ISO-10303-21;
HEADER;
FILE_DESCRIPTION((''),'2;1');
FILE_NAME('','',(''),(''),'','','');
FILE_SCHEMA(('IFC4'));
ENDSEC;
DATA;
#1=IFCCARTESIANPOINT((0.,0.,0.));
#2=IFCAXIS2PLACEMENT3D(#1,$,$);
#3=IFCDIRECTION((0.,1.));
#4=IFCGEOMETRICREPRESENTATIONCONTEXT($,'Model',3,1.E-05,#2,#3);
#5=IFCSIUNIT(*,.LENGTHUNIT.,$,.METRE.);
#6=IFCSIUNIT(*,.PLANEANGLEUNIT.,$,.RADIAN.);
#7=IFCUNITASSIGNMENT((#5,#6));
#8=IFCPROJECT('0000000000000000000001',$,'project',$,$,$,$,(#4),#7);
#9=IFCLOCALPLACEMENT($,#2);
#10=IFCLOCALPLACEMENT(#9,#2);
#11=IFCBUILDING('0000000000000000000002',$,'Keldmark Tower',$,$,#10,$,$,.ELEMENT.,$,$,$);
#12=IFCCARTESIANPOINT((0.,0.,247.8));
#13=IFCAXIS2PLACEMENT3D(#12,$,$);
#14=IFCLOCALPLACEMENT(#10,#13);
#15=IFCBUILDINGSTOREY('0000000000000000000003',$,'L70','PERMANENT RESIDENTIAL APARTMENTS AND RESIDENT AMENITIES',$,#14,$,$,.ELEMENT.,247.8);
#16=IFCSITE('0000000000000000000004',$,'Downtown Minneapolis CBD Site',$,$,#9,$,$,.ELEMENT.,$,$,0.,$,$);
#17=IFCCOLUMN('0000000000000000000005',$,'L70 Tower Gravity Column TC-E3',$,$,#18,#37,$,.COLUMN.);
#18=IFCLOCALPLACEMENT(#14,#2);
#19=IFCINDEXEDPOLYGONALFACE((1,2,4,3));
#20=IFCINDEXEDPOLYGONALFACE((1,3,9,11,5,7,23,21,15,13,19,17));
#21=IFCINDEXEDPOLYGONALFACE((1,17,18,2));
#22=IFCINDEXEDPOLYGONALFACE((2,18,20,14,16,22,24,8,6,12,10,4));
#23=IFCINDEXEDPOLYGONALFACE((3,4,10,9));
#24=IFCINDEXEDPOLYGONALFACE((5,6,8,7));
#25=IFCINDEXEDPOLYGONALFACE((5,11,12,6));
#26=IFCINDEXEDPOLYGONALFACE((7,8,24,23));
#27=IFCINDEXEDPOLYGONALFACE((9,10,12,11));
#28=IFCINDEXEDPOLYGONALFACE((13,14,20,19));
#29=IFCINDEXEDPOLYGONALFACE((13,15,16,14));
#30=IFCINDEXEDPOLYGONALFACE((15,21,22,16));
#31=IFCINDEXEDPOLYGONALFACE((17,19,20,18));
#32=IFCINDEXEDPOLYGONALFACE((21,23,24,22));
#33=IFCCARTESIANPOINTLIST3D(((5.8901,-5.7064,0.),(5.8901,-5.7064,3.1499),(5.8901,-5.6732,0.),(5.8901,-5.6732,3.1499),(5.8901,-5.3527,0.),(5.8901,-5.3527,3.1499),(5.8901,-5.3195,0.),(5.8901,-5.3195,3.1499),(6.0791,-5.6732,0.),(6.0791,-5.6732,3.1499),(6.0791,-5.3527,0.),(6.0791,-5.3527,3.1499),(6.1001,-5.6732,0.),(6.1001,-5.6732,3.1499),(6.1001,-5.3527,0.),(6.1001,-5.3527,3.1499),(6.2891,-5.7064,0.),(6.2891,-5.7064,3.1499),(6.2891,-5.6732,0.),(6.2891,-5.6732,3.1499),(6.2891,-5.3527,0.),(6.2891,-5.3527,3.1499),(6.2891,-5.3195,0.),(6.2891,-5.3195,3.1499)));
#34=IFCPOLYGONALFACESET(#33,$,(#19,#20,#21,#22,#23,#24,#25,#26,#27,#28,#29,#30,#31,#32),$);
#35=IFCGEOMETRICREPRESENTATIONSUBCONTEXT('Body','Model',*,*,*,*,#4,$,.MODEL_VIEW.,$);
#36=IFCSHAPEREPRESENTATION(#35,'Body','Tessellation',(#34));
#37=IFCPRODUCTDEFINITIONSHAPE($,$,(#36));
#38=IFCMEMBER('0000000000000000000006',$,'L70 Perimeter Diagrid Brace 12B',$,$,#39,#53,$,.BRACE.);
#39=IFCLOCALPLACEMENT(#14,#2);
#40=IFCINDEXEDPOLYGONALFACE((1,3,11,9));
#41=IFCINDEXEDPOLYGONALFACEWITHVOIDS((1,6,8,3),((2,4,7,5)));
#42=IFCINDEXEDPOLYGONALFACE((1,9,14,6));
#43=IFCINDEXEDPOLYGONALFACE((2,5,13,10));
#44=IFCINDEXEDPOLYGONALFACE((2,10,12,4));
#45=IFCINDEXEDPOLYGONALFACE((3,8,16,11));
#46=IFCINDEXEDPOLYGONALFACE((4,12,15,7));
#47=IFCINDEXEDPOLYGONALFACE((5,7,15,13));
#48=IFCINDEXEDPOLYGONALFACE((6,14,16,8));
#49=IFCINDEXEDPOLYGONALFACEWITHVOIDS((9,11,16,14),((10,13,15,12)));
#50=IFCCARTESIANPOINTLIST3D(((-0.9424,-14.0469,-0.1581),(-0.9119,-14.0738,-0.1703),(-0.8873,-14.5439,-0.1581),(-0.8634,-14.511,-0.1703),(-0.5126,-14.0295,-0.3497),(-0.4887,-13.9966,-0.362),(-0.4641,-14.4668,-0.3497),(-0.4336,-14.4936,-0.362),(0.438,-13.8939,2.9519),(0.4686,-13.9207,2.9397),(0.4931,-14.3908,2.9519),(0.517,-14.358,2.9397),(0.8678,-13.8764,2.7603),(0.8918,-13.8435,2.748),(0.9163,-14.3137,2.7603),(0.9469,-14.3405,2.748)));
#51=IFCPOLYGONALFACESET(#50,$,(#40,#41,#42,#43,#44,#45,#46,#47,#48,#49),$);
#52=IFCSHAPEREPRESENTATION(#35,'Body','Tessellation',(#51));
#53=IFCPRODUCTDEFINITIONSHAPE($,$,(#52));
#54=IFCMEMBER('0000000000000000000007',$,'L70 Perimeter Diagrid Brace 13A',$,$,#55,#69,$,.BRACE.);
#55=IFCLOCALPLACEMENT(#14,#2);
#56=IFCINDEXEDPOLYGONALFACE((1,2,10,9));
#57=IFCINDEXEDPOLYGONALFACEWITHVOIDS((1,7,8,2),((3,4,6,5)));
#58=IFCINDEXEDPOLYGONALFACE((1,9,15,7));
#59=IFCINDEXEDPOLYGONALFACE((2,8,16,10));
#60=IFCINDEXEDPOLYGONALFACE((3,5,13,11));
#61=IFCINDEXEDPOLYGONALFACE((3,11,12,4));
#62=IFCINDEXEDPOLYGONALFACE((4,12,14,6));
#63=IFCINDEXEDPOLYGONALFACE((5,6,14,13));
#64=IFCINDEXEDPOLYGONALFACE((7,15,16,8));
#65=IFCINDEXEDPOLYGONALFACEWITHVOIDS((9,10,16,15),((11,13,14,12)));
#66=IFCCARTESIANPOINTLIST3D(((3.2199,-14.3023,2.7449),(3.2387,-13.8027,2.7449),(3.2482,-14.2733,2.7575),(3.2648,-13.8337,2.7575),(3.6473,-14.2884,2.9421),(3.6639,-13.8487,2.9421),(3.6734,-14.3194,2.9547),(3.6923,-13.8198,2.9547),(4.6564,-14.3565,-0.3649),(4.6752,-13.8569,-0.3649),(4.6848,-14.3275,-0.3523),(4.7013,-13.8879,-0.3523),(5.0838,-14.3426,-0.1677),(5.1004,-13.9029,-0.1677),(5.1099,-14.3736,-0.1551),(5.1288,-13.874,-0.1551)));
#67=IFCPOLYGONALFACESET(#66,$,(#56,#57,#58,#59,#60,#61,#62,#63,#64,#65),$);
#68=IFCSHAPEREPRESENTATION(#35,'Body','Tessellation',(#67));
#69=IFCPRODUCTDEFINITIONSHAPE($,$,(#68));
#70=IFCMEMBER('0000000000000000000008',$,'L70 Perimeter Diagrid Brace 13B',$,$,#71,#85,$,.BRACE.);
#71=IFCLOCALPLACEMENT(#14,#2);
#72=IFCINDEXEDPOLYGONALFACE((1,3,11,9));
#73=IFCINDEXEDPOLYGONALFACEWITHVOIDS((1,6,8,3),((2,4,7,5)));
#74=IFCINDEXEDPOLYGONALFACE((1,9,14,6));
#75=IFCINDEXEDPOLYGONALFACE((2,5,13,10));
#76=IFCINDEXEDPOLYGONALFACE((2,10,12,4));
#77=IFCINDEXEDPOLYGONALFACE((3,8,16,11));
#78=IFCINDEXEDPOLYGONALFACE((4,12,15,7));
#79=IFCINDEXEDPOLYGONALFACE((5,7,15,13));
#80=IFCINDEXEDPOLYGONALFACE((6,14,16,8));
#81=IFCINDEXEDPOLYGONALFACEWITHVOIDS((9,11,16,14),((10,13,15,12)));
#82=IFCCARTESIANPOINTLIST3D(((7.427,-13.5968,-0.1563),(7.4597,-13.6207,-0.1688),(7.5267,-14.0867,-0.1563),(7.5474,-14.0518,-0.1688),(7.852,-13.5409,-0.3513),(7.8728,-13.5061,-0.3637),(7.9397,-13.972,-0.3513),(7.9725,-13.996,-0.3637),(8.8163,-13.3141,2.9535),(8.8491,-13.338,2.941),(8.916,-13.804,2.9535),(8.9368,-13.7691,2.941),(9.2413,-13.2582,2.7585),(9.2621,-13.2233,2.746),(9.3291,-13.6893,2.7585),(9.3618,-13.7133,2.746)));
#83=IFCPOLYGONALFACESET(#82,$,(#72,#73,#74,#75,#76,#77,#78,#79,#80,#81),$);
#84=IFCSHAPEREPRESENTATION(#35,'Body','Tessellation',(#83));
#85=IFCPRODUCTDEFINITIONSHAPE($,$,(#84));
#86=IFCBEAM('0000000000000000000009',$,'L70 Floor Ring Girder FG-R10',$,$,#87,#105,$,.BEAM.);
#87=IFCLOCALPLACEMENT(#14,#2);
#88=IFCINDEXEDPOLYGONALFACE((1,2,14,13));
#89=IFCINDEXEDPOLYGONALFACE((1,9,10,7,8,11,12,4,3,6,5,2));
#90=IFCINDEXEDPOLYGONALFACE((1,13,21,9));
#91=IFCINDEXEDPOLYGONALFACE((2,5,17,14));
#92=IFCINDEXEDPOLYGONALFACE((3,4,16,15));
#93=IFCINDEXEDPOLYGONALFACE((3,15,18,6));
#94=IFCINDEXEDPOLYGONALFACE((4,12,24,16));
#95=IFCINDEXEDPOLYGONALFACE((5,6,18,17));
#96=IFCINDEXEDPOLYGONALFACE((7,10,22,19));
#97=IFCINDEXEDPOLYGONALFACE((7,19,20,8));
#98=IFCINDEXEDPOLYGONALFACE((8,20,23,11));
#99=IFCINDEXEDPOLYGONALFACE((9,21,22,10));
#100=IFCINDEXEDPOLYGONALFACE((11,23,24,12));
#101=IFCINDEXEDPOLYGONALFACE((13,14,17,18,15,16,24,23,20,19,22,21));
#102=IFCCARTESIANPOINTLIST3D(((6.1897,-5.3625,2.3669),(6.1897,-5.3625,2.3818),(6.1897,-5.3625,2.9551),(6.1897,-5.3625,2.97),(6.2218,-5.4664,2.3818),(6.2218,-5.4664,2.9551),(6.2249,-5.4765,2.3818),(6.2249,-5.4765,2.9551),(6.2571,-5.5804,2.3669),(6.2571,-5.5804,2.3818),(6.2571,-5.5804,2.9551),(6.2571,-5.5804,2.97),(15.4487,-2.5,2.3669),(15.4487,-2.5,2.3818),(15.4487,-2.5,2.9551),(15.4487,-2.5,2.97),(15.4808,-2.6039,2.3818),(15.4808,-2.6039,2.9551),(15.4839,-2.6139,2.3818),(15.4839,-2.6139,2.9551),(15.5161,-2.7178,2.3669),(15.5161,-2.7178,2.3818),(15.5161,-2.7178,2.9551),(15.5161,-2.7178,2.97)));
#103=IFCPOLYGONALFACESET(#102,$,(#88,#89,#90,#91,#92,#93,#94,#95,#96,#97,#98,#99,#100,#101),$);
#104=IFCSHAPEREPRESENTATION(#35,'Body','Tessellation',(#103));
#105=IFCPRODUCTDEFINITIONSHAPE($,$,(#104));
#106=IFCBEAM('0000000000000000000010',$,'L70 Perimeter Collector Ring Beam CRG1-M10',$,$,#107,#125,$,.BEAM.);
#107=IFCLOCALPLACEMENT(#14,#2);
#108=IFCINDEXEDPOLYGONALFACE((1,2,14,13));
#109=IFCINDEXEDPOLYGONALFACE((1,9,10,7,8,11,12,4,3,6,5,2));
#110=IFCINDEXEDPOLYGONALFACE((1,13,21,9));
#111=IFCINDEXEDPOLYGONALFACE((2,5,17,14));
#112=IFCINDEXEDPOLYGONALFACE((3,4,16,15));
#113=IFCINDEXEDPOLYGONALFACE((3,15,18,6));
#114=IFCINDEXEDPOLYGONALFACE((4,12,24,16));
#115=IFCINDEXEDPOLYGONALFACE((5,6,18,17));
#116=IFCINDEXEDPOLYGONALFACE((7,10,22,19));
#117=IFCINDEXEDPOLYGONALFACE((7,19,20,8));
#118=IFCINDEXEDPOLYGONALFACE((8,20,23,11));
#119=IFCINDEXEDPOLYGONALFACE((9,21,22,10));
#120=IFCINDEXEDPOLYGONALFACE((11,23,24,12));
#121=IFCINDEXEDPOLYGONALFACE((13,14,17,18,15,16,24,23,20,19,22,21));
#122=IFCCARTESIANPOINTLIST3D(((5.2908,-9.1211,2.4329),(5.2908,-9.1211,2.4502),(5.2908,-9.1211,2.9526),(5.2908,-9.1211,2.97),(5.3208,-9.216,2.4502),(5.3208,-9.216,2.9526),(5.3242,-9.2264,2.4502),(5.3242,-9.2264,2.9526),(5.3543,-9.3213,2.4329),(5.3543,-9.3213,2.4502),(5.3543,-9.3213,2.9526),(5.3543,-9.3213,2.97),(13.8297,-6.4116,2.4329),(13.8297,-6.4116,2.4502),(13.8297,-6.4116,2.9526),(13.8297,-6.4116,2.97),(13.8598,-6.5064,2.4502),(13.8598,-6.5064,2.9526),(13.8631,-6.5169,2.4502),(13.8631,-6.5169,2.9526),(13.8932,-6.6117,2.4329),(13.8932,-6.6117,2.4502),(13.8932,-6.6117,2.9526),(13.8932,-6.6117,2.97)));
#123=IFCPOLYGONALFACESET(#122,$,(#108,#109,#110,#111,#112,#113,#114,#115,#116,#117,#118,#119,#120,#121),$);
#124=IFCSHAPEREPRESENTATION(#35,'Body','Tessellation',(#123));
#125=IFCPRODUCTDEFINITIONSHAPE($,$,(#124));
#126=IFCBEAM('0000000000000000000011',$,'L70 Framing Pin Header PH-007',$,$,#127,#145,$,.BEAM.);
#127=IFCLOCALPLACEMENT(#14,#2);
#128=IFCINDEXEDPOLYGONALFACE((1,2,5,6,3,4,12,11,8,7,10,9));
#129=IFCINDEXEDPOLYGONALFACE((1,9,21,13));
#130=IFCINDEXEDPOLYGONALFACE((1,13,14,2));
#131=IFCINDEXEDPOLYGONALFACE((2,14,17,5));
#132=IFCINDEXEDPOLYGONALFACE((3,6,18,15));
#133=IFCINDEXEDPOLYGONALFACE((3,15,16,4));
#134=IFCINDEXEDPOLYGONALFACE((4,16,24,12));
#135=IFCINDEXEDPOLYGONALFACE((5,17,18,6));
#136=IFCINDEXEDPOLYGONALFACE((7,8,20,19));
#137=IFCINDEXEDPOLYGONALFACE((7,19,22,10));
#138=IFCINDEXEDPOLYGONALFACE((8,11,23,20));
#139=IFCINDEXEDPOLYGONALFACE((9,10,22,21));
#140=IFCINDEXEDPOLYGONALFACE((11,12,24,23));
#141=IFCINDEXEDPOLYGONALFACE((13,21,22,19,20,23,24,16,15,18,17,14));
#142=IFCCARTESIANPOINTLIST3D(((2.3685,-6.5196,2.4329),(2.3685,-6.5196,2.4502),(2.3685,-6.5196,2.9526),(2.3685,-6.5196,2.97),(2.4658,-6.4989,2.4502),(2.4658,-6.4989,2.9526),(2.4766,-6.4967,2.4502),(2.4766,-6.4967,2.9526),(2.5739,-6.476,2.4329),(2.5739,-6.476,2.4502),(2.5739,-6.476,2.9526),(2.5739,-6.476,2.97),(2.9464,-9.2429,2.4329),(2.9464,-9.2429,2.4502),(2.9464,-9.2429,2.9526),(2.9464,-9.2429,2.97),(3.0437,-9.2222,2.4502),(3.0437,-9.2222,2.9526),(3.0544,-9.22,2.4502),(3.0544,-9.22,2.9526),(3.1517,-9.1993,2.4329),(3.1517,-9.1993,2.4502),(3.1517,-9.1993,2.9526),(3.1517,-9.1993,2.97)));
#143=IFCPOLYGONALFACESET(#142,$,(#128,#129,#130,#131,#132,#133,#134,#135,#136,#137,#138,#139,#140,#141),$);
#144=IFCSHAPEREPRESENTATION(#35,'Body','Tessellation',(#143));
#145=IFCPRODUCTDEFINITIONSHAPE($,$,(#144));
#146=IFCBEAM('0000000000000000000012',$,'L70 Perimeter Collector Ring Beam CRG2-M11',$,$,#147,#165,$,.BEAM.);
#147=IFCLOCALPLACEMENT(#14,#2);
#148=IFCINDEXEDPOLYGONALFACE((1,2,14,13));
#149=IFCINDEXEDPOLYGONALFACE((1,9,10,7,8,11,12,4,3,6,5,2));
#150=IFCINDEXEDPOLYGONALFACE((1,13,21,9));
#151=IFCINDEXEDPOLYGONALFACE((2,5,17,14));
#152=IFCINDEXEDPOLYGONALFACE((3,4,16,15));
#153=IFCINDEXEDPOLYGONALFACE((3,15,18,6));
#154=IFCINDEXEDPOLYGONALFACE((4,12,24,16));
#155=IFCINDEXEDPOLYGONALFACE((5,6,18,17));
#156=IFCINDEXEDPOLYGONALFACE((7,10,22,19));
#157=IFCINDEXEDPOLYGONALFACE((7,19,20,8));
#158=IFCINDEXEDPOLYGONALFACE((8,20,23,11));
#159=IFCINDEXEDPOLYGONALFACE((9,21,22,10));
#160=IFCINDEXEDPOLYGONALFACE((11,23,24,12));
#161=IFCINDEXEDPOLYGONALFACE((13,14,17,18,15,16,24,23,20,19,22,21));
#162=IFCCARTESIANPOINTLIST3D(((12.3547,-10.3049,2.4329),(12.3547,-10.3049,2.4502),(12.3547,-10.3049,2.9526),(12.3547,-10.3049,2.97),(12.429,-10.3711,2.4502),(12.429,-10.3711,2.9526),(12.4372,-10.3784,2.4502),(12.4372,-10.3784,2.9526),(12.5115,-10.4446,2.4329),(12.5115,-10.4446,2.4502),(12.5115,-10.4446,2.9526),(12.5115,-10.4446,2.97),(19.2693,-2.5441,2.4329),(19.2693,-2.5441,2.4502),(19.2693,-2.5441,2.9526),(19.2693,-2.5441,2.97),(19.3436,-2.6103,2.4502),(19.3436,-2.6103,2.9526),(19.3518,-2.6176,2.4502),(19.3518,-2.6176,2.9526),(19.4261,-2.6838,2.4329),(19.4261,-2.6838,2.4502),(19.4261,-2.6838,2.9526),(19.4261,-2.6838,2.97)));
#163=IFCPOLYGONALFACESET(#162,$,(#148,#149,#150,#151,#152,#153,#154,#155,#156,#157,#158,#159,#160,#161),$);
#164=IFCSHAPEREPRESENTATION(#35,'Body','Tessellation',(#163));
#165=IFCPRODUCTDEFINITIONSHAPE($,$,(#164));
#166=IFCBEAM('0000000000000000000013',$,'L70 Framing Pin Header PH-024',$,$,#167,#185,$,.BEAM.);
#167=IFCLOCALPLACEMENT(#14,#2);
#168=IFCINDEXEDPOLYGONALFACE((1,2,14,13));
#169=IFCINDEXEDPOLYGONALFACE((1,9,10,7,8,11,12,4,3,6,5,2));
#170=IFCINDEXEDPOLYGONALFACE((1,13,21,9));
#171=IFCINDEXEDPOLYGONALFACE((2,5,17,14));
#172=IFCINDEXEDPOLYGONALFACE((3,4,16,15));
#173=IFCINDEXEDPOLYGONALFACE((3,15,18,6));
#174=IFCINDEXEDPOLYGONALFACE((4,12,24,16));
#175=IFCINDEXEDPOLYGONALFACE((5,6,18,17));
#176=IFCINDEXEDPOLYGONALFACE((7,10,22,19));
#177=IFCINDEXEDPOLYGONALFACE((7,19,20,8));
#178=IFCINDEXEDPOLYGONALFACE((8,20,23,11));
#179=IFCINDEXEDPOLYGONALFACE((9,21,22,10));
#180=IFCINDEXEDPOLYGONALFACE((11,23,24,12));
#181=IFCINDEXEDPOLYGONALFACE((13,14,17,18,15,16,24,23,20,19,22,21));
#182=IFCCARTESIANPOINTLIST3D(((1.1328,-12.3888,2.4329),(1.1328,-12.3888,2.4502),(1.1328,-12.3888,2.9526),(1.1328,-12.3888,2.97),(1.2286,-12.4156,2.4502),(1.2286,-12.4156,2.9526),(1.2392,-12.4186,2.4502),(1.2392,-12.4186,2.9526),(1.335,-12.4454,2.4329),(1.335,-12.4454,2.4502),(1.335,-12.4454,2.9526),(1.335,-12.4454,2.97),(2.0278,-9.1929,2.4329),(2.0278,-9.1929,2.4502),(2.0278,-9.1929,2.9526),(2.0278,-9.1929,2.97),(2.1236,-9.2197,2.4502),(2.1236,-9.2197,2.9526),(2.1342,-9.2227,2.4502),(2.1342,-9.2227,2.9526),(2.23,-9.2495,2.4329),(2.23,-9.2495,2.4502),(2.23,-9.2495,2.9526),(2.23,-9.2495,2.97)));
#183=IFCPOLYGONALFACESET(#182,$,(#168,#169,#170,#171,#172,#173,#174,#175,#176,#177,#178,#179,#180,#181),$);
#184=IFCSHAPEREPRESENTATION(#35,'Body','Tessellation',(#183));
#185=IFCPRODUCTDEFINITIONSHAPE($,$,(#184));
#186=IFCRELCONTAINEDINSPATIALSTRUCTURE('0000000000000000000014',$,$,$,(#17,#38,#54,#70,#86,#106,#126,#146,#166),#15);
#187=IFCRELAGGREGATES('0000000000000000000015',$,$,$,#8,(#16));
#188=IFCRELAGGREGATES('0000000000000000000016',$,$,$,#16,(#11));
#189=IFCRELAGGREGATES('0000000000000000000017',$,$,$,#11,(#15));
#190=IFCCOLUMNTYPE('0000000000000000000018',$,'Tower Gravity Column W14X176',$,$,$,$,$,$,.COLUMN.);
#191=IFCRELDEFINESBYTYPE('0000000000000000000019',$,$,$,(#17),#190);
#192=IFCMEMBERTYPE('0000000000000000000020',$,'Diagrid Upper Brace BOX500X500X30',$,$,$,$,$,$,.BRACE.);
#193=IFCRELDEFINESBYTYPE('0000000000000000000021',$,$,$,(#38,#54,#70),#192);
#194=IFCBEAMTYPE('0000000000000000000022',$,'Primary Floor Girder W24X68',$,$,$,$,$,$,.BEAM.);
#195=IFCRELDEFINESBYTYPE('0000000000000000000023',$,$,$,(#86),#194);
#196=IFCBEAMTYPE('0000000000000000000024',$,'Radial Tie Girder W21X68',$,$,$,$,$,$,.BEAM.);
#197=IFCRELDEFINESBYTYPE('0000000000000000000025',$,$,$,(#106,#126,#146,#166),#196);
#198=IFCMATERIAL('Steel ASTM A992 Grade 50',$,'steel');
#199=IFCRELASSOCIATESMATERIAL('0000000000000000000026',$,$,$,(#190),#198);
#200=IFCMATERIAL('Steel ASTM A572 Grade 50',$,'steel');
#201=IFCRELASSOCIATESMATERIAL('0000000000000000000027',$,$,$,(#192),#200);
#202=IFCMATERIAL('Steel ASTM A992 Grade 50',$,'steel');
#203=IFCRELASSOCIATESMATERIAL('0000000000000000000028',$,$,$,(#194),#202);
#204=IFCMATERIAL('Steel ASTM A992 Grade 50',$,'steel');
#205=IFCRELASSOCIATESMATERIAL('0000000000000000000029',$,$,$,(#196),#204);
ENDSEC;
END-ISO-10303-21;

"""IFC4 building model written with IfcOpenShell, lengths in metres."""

from ifc_helpers import new_model, si_unit, direction, frame, origin, origin_2d, place, context, subcontext, project, spatial, hollow_rectangle, i_section, extrude, material, material_profile, profile_set, type_object, element, save


model = new_model("IFC4")

# Units and contexts
model_context = context("Model", 3, precision=1e-05, world=origin(), true_north=direction((0.0, 1.0)))
body_context = subcontext(model_context, "Body", "Model", "MODEL_VIEW")
ifc_project = project(units=[si_unit("LENGTHUNIT", "METRE"), si_unit("PLANEANGLEUNIT", "RADIAN")], contexts=[model_context])

# Site, building, storey
site_placement = place(None, origin())
site = spatial("IfcSite", under=ifc_project, at=site_placement, Name="Downtown Minneapolis CBD Site", CompositionType="ELEMENT", RefElevation=0.0)
building_placement = place(site_placement, origin())
building = spatial("IfcBuilding", under=site, at=building_placement, Name="Keldmark Tower", CompositionType="ELEMENT")
storey_placement = place(building_placement, frame((0.0, 0.0, 247.8)))
storey = spatial("IfcBuildingStorey", under=building, at=storey_placement, Name="L70", Description="PERMANENT RESIDENTIAL APARTMENTS AND RESIDENT AMENITIES", CompositionType="ELEMENT", Elevation=247.8)

# Column
ifc_material_1 = material(Name="Steel ASTM A992 Grade 50", Category="steel")
ifc_material_profile_1 = material_profile(ifc_material_1, i_section(OverallWidth=0.3989, OverallDepth=0.387, WebThickness=0.021, FlangeThickness=0.0332, at=origin_2d()), Name="W14X176")
ifc_profile_set_1 = profile_set([ifc_material_profile_1], Name="Steel ASTM A992 Grade 50")
column_type = type_object("IfcColumnType", Name="Tower Gravity Column W14X176", PredefinedType="COLUMN", material=ifc_profile_set_1)
column_placement = place(storey_placement, frame((6.0896, -5.5129, 0.0), z_axis=(0.0, 0.0, 1.0), x_axis=(1.0, 0.0, 0.0)))
element("IfcColumn", 1, at=column_placement, inside=storey, type_object=column_type, Name="L70 Tower Gravity Column TC-E3", PredefinedType="COLUMN", context=body_context, shape_type="SweptSolid", body=[
    extrude(i_section(OverallWidth=0.3989, OverallDepth=0.387, WebThickness=0.021, FlangeThickness=0.0332, at=origin_2d()), origin(), (0.0, 0.0, 1.0), 3.1499),
])

# Members
ifc_material_2 = material(Name="Steel ASTM A572 Grade 50", Category="steel")
ifc_material_profile_2 = material_profile(ifc_material_2, hollow_rectangle(XDim=0.5, YDim=0.5, WallThickness=0.03, at=origin_2d()), Name="BOX500X500X30")
ifc_profile_set_2 = profile_set([ifc_material_profile_2], Name="Steel ASTM A572 Grade 50")
member_type = type_object("IfcMemberType", Name="Diagrid Upper Brace BOX500X500X30", PredefinedType="BRACE", material=ifc_profile_set_2)
member_1_placement = place(storey_placement, frame((-0.688, -14.2703, -0.26), z_axis=(0.405289, 0.044945, 0.913083), x_axis=(-0.110219, 0.993907, 0.0)))
element("IfcMember", 2, at=member_1_placement, inside=storey, type_object=member_type, Name="L70 Perimeter Diagrid Brace 12B", PredefinedType="BRACE", context=body_context, shape_type="SweptSolid", body=[
    extrude(hollow_rectangle(XDim=0.5, YDim=0.5, WallThickness=0.03, at=origin_2d()), origin(), (0.0, 0.0, 1.0), 3.406),
])
member_2_placement = place(storey_placement, frame((4.8926, -14.1152, -0.26), z_axis=(-0.419295, 0.01582, 0.907712), x_axis=(-0.037703, -0.999289, 0.0)))
element("IfcMember", 3, at=member_2_placement, inside=storey, type_object=member_type, Name="L70 Perimeter Diagrid Brace 13A", PredefinedType="BRACE", context=body_context, shape_type="SweptSolid", body=[
    extrude(hollow_rectangle(XDim=0.5, YDim=0.5, WallThickness=0.03, at=origin_2d()), origin(), (0.0, 0.0, 1.0), 3.426),
])
member_3_placement = place(storey_placement, frame((7.6997, -13.7964, -0.26), z_axis=(0.406515, 0.082717, 0.909892), x_axis=(-0.199393, 0.97992, 0.0)))
element("IfcMember", 4, at=member_3_placement, inside=storey, type_object=member_type, Name="L70 Perimeter Diagrid Brace 13B", PredefinedType="BRACE", context=body_context, shape_type="SweptSolid", body=[
    extrude(hollow_rectangle(XDim=0.5, YDim=0.5, WallThickness=0.03, at=origin_2d()), origin(), (0.0, 0.0, 1.0), 3.4177),
])

# Beams
ifc_material_3 = material(Name="Steel ASTM A992 Grade 50", Category="steel")
ifc_material_profile_3 = material_profile(ifc_material_3, i_section(OverallWidth=0.228, OverallDepth=0.603, WebThickness=0.0105, FlangeThickness=0.0149, at=origin_2d()), Name="W24X68")
ifc_profile_set_3 = profile_set([ifc_material_profile_3], Name="Steel ASTM A992 Grade 50")
beam_type_1 = type_object("IfcBeamType", Name="Primary Floor Girder W24X68", PredefinedType="BEAM", material=ifc_profile_set_3)
beam_1_placement = place(storey_placement, frame((6.2234, -5.4714, 2.6685), z_axis=(0.955383, 0.295369, 0.0), x_axis=(-0.295369, 0.955383, 0.0)))
element("IfcBeam", 5, at=beam_1_placement, inside=storey, type_object=beam_type_1, Name="L70 Floor Ring Girder FG-R10", PredefinedType="BEAM", context=body_context, shape_type="SweptSolid", body=[
    extrude(i_section(OverallWidth=0.228, OverallDepth=0.603, WebThickness=0.0105, FlangeThickness=0.0149, at=origin_2d()), origin(), (0.0, 0.0, 1.0), 9.6914),
])
ifc_material_4 = material(Name="Steel ASTM A992 Grade 50", Category="steel")
ifc_material_profile_4 = material_profile(ifc_material_4, i_section(OverallWidth=0.21, OverallDepth=0.5371, WebThickness=0.011, FlangeThickness=0.0173, at=origin_2d()), Name="W21X68")
ifc_profile_set_4 = profile_set([ifc_material_profile_4], Name="Steel ASTM A992 Grade 50")
beam_type_2 = type_object("IfcBeamType", Name="Radial Tie Girder W21X68", PredefinedType="BEAM", material=ifc_profile_set_4)
beam_2_placement = place(storey_placement, frame((5.3225, -9.2212, 2.7014), z_axis=(0.953165, 0.302451, 0.0), x_axis=(-0.302451, 0.953165, 0.0)))
element("IfcBeam", 6, at=beam_2_placement, inside=storey, type_object=beam_type_2, Name="L70 Perimeter Collector Ring Beam CRG1-M10", PredefinedType="BEAM", context=body_context, shape_type="SweptSolid", body=[
    extrude(i_section(OverallWidth=0.21, OverallDepth=0.5371, WebThickness=0.011, FlangeThickness=0.0173, at=origin_2d()), origin(), (0.0, 0.0, 1.0), 8.9585),
])
beam_3_placement = place(storey_placement, frame((2.4712, -6.4978, 2.7014), z_axis=(0.20757, -0.97822, 0.0), x_axis=(0.97822, 0.20757, 0.0)))
element("IfcBeam", 7, at=beam_3_placement, inside=storey, type_object=beam_type_2, Name="L70 Framing Pin Header PH-007", PredefinedType="BEAM", context=body_context, shape_type="SweptSolid", body=[
    extrude(i_section(OverallWidth=0.21, OverallDepth=0.5371, WebThickness=0.011, FlangeThickness=0.0173, at=origin_2d()), origin(), (0.0, 0.0, 1.0), 2.7839),
])
beam_4_placement = place(storey_placement, frame((12.4331, -10.3748, 2.7014), z_axis=(0.665229, 0.746639, 0.0), x_axis=(-0.746639, 0.665229, 0.0)))
element("IfcBeam", 8, at=beam_4_placement, inside=storey, type_object=beam_type_2, Name="L70 Perimeter Collector Ring Beam CRG2-M11", PredefinedType="BEAM", context=body_context, shape_type="SweptSolid", body=[
    extrude(i_section(OverallWidth=0.21, OverallDepth=0.5371, WebThickness=0.011, FlangeThickness=0.0173, at=origin_2d()), origin(), (0.0, 0.0, 1.0), 10.3943),
])
beam_5_placement = place(storey_placement, frame((2.1289, -9.2212, 2.7014), z_axis=(-0.269684, -0.962949, 0.0), x_axis=(0.962949, -0.269684, 0.0)))
element("IfcBeam", 9, at=beam_5_placement, inside=storey, type_object=beam_type_2, Name="L70 Framing Pin Header PH-024", PredefinedType="BEAM", context=body_context, shape_type="SweptSolid", body=[
    extrude(i_section(OverallWidth=0.21, OverallDepth=0.5371, WebThickness=0.011, FlangeThickness=0.0173, at=origin_2d()), origin(), (0.0, 0.0, 1.0), 3.3188),
])

save(model, "model.ifc")
